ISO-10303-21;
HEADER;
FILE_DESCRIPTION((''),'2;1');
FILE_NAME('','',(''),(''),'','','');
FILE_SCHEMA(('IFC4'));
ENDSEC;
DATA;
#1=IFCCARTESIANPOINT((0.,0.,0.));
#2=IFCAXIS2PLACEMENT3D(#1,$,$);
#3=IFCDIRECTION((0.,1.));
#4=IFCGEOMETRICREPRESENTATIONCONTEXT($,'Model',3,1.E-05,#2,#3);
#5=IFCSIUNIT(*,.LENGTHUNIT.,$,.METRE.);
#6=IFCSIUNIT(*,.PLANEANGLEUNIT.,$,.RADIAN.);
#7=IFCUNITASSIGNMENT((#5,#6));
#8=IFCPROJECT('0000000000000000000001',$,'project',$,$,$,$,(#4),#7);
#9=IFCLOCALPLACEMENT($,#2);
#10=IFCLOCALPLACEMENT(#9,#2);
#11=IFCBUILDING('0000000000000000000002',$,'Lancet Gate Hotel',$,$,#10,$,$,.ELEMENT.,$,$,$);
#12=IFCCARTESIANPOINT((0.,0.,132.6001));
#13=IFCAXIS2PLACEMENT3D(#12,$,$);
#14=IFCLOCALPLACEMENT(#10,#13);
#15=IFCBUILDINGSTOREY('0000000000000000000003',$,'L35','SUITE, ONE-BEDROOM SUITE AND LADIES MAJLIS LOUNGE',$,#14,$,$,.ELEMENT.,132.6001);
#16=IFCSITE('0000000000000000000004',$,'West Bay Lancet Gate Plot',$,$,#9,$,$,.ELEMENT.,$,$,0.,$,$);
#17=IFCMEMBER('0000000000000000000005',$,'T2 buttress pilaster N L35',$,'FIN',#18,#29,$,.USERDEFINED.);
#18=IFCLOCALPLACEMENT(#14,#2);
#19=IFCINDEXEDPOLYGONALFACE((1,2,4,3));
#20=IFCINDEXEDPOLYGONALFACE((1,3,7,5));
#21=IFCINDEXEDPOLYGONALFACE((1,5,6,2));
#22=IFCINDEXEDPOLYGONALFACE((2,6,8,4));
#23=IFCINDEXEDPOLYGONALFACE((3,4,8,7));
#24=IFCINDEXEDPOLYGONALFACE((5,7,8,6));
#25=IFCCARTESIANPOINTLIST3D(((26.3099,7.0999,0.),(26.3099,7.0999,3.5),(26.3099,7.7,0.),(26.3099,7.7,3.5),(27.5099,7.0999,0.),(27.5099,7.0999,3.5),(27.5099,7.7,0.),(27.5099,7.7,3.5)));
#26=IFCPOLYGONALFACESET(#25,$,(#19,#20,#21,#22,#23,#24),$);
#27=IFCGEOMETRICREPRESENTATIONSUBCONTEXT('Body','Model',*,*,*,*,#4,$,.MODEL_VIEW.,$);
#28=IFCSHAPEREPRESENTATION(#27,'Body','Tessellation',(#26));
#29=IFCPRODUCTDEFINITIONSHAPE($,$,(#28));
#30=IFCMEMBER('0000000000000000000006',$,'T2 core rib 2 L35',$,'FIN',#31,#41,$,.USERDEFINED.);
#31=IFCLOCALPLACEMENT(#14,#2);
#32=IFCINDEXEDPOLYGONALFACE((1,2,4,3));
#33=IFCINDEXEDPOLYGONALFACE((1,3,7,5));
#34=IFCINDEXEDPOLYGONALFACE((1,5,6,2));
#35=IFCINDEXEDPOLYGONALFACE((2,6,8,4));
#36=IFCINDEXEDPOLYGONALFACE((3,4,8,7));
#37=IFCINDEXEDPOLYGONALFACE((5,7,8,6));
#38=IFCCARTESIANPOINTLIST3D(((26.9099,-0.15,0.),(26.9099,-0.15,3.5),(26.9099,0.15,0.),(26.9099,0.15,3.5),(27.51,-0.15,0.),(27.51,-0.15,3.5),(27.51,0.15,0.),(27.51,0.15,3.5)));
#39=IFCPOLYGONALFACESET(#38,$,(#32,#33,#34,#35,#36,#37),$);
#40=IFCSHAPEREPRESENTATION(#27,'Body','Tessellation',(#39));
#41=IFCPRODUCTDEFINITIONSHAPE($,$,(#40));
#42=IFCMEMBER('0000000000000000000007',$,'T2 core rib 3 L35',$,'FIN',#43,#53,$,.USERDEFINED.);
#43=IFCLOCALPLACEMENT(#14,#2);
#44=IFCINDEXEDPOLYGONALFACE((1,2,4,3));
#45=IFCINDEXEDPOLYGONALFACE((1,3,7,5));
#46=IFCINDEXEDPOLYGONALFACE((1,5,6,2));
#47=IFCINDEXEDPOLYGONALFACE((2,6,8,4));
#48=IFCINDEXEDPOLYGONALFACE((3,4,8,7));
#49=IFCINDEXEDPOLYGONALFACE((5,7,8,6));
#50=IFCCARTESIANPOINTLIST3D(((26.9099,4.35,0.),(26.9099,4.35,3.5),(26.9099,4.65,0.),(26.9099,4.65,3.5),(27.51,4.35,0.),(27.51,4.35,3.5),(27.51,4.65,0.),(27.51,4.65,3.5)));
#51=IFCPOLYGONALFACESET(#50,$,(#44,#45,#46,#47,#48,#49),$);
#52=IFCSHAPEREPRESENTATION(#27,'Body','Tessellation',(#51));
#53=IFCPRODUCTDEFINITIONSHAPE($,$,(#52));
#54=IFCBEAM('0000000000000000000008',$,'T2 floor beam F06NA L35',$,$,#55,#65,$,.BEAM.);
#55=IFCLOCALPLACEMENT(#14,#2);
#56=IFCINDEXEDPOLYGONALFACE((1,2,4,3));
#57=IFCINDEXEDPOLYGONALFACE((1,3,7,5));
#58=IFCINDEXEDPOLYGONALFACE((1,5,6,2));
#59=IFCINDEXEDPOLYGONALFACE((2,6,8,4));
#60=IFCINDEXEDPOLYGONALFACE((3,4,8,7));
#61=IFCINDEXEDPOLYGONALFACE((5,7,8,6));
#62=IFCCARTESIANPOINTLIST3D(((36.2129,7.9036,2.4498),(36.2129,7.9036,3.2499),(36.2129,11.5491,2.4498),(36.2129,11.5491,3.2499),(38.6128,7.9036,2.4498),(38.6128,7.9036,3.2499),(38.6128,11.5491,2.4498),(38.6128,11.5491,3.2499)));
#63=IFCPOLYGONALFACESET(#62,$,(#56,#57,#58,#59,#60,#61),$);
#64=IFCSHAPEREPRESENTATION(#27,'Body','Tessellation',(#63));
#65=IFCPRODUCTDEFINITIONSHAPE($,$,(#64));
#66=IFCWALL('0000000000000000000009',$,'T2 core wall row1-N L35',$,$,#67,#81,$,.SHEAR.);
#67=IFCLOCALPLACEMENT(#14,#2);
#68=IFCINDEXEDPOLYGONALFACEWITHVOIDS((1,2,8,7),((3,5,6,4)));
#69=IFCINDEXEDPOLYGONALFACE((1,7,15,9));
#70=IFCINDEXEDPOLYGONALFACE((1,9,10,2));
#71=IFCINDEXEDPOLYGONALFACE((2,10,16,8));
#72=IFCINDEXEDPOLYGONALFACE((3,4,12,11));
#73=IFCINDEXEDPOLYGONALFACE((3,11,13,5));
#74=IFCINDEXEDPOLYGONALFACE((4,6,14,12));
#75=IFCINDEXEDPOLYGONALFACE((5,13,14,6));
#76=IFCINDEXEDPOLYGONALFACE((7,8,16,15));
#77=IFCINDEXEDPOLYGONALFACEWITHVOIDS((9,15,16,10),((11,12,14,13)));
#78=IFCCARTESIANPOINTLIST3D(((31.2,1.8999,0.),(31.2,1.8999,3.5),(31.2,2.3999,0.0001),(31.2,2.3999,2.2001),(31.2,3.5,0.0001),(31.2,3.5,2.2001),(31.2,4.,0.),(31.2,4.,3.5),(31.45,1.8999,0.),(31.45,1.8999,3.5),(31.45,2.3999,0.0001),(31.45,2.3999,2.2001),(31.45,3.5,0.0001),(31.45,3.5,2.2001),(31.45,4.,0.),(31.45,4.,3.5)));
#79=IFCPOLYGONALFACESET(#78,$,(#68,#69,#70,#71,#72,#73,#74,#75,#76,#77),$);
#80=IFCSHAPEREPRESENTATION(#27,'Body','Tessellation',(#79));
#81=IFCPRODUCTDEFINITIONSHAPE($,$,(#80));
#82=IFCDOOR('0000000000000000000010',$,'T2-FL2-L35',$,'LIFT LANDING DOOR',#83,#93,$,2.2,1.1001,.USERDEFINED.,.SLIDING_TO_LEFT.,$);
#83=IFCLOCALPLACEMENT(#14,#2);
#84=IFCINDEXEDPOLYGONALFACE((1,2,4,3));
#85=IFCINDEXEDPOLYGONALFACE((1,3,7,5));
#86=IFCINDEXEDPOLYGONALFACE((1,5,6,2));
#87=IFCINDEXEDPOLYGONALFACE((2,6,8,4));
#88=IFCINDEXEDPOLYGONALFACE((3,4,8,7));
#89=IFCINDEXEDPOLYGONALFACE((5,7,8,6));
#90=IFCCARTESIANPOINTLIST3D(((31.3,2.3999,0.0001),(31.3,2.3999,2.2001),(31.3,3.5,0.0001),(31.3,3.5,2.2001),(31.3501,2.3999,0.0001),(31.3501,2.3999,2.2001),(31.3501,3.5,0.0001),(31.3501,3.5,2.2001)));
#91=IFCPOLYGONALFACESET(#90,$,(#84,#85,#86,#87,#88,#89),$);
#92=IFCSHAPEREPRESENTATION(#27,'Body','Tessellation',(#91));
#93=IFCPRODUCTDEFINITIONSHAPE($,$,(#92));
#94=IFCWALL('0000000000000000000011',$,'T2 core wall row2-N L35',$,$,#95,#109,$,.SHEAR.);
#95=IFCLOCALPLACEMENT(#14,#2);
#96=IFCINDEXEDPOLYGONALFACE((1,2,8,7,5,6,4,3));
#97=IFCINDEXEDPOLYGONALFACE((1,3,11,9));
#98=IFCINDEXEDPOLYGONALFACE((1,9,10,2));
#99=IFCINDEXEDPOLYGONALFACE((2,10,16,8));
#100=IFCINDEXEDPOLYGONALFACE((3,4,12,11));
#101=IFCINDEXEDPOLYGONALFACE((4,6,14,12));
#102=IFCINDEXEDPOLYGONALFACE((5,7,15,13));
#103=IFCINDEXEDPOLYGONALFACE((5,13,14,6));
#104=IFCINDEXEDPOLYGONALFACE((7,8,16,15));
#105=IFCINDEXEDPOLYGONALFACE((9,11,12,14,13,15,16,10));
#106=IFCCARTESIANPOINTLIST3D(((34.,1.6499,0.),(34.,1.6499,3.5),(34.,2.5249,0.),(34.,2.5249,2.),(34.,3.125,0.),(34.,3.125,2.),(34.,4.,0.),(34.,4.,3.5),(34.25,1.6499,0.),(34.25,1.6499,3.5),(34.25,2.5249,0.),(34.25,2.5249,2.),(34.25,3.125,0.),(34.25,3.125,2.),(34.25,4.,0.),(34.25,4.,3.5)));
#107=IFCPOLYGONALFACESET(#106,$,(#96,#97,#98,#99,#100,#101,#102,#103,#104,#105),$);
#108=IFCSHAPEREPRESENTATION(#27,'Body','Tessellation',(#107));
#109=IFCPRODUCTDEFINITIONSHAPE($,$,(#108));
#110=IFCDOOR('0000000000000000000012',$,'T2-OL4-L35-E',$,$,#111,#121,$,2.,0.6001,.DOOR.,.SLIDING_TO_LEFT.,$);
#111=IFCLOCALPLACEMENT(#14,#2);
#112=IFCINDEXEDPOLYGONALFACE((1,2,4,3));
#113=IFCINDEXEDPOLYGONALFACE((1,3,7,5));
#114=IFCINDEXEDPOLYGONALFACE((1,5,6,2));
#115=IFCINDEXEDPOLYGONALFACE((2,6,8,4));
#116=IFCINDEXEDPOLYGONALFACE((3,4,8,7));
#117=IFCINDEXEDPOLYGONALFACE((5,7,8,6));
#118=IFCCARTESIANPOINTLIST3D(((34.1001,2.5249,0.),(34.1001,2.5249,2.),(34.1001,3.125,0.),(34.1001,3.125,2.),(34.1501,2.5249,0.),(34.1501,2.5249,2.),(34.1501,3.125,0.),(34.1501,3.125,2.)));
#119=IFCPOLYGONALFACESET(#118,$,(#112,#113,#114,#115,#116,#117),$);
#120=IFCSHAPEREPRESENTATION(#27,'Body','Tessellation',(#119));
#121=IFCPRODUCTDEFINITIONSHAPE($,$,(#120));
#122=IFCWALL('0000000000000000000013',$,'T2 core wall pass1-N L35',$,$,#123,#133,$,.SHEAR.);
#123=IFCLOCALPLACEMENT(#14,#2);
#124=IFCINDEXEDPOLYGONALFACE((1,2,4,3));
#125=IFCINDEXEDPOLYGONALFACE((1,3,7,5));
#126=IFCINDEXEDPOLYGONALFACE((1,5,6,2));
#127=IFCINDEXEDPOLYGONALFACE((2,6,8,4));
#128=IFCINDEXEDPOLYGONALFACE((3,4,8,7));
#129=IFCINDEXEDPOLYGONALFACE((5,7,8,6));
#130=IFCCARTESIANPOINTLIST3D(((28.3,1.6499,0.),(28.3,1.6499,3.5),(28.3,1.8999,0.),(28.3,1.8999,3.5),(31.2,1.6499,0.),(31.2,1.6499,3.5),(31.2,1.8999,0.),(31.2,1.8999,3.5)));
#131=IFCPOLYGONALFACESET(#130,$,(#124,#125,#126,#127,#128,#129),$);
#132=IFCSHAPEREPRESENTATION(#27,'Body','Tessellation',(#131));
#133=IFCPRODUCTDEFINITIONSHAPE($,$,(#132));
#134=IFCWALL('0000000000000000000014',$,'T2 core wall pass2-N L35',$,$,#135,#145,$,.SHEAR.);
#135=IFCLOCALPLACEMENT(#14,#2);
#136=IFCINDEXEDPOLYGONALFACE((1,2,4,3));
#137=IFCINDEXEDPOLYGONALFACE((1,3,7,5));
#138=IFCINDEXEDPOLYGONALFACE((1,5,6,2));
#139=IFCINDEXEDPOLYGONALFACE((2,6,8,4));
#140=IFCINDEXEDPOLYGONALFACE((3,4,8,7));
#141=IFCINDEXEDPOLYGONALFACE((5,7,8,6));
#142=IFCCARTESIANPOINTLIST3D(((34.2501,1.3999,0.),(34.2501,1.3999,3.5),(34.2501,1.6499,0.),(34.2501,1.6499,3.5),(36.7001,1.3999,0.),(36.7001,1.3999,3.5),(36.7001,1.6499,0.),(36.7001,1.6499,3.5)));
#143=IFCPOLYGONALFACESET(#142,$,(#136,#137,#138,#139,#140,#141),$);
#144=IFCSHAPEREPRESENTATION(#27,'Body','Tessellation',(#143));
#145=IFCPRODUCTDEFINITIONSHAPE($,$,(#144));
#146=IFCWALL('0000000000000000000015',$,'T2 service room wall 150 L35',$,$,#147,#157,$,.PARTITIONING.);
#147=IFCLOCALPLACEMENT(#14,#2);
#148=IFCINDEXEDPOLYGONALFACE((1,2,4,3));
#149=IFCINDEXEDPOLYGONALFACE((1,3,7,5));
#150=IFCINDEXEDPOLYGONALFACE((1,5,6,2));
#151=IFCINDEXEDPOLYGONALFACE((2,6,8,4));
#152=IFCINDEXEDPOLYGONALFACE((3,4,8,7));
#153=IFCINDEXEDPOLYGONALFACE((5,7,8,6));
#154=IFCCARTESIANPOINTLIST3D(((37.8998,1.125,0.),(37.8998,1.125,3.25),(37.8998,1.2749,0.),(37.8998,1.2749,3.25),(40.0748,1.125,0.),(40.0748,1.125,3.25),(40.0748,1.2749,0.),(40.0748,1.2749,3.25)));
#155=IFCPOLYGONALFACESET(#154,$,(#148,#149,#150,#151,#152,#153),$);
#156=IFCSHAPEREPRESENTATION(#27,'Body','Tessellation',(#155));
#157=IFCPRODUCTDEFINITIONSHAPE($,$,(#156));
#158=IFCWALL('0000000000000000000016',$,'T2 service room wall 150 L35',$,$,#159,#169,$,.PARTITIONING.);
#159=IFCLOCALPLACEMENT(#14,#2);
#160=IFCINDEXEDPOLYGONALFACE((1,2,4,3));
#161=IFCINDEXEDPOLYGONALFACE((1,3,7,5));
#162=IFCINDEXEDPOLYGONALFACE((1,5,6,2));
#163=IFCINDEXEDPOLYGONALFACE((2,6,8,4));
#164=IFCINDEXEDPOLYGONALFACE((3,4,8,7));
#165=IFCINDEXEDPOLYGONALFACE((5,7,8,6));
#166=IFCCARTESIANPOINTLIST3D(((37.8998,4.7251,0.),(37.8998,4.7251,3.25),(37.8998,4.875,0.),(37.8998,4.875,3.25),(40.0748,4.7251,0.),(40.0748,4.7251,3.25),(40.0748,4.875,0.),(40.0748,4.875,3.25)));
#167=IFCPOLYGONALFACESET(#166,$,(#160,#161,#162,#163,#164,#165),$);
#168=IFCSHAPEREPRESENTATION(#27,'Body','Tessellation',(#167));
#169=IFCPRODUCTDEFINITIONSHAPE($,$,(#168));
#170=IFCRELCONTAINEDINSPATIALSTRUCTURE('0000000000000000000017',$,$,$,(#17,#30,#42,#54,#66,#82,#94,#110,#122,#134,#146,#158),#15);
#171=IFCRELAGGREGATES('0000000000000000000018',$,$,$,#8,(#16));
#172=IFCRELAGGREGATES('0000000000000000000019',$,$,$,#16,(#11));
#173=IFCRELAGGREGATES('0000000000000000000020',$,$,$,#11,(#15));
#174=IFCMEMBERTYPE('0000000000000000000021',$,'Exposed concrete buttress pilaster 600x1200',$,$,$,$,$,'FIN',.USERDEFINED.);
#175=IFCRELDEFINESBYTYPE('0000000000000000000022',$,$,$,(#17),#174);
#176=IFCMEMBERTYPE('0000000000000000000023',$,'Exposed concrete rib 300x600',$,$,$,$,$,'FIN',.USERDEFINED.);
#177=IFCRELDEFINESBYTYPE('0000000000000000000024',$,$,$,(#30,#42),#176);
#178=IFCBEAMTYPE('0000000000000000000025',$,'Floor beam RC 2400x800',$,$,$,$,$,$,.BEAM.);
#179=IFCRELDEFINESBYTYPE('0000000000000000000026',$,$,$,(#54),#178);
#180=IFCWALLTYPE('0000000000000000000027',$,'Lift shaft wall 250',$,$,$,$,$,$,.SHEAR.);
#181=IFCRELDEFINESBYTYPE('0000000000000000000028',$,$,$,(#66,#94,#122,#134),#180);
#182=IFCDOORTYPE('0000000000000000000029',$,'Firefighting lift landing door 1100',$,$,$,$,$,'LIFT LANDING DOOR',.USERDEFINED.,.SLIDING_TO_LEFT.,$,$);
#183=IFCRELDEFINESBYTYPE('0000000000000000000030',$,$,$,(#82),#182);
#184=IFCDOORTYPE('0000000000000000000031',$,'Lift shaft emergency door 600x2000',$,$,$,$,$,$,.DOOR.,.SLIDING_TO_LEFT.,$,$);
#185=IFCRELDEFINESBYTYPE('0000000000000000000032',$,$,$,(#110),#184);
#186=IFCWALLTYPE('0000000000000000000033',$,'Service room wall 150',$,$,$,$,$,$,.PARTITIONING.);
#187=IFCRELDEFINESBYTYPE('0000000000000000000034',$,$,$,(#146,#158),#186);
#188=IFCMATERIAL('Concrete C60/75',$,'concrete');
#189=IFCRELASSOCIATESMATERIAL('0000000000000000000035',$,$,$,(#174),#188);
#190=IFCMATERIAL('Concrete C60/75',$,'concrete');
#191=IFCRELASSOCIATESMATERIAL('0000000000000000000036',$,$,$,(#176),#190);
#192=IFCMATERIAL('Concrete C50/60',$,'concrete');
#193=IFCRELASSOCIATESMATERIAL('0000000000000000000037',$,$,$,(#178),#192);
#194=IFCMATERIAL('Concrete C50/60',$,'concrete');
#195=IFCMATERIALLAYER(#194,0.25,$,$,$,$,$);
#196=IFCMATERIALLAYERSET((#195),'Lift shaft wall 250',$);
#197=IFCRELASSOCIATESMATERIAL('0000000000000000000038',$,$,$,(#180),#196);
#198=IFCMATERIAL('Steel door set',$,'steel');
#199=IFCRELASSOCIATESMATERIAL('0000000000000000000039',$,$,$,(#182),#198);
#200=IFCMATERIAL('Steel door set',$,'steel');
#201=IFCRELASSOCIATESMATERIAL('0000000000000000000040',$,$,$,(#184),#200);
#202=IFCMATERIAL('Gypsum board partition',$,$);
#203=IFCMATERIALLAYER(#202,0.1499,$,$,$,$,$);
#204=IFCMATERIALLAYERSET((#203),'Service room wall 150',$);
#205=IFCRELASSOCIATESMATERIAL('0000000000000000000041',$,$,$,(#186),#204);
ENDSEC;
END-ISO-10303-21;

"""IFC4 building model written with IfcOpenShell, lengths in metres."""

from ifc_helpers import new_model, si_unit, direction, frame, frame_2d, origin, origin_2d, place, context, subcontext, project, spatial, rectangle, extrude, material, layer, layer_set, material_profile, profile_set, type_object, element, fill, save


model = new_model("IFC4")

# Units and contexts
model_context = context("Model", 3, precision=1e-05, world=origin(), true_north=direction((0.0, 1.0)))
body_context = subcontext(model_context, "Body", "Model", "MODEL_VIEW")
ifc_project = project(units=[si_unit("LENGTHUNIT", "METRE"), si_unit("PLANEANGLEUNIT", "RADIAN")], contexts=[model_context])

# Site, building, storey
site_placement = place(None, origin())
site = spatial("IfcSite", under=ifc_project, at=site_placement, Name="West Bay Lancet Gate Plot", CompositionType="ELEMENT", RefElevation=0.0)
building_placement = place(site_placement, origin())
building = spatial("IfcBuilding", under=site, at=building_placement, Name="Lancet Gate Hotel", CompositionType="ELEMENT")
storey_placement = place(building_placement, frame((0.0, 0.0, 132.6001)))
storey = spatial("IfcBuildingStorey", under=building, at=storey_placement, Name="L35", Description="SUITE, ONE-BEDROOM SUITE AND LADIES MAJLIS LOUNGE", CompositionType="ELEMENT", Elevation=132.6001)

# Members
ifc_material_1 = material(Name="Concrete C60/75", Category="concrete")
ifc_material_profile_1 = material_profile(ifc_material_1, rectangle(XDim=0.6001, YDim=1.2, at=origin_2d()), Name="FIN 600x1200")
ifc_profile_set_1 = profile_set([ifc_material_profile_1], Name="Concrete C60/75")
member_type_1 = type_object("IfcMemberType", Name="Exposed concrete buttress pilaster 600x1200", ElementType="FIN", PredefinedType="USERDEFINED", material=ifc_profile_set_1)
member_placement = place(storey_placement, frame((26.9099, 7.3999, 0.0), z_axis=(0.0, 0.0, 1.0), x_axis=(0.0, 1.0, 0.0)))
element("IfcMember", 1, at=member_placement, inside=storey, type_object=member_type_1, Name="T2 buttress pilaster N L35", ObjectType="FIN", PredefinedType="USERDEFINED", context=body_context, shape_type="SweptSolid", body=[
    extrude(rectangle(XDim=0.6001, YDim=1.2, at=origin_2d()), origin(), (0.0, 0.0, 1.0), 3.5),
])
ifc_material_2 = material(Name="Concrete C60/75", Category="concrete")
ifc_material_profile_2 = material_profile(ifc_material_2, rectangle(XDim=0.3, YDim=0.6001, at=origin_2d()), Name="FIN 300x600")
ifc_profile_set_2 = profile_set([ifc_material_profile_2], Name="Concrete C60/75")
member_type_2 = type_object("IfcMemberType", Name="Exposed concrete rib 300x600", ElementType="FIN", PredefinedType="USERDEFINED", material=ifc_profile_set_2)
for number, where, z_axis, x_axis, name in (
    (2, (27.21, 0.0, 0.0), (0.0, 0.0, 1.0), (0.0, 1.0, 0.0), "T2 core rib 2 L35"),
    (3, (27.21, 4.5, 0.0), (0.0, 0.0, 1.0), (0.0, 1.0, 0.0), "T2 core rib 3 L35"),
):
    element("IfcMember", number, at=place(storey_placement, frame(where, z_axis=z_axis, x_axis=x_axis)), inside=storey, type_object=member_type_2, Name=name, ObjectType="FIN", PredefinedType="USERDEFINED", context=body_context, shape_type="SweptSolid", body=[
        extrude(rectangle(XDim=0.3, YDim=0.6001, at=origin_2d()), origin(), (0.0, 0.0, 1.0), 3.5),
    ])

# Beam
ifc_material_3 = material(Name="Concrete C50/60", Category="concrete")
ifc_material_profile_3 = material_profile(ifc_material_3, rectangle(XDim=2.3999, YDim=0.8, at=origin_2d()), Name="RC 2400x800")
ifc_profile_set_3 = profile_set([ifc_material_profile_3], Name="Concrete C50/60")
beam_type = type_object("IfcBeamType", Name="Floor beam RC 2400x800", PredefinedType="BEAM", material=ifc_profile_set_3)
beam_placement = place(storey_placement, frame((37.4128, 7.9036, 2.8499), z_axis=(0.0, 1.0, 0.0), x_axis=(-1.0, 0.0, 0.0)))
element("IfcBeam", 4, at=beam_placement, inside=storey, type_object=beam_type, Name="T2 floor beam F06NA L35", PredefinedType="BEAM", context=body_context, shape_type="SweptSolid", body=[
    extrude(rectangle(XDim=2.3999, YDim=0.8, at=origin_2d()), origin(), (0.0, 0.0, 1.0), 3.6455),
])

# Walls, openings, doors
ifc_material_4 = material(Name="Concrete C50/60", Category="concrete")
ifc_layer_1 = layer(ifc_material_4, 0.25)
ifc_layer_set_1 = layer_set([ifc_layer_1], Name="Lift shaft wall 250")
wall_type_1 = type_object("IfcWallType", Name="Lift shaft wall 250", PredefinedType="SHEAR", material=ifc_layer_set_1)
wall_1_placement = place(storey_placement, frame((31.325, 1.8999, 0.0), z_axis=(0.0, 0.0, 1.0), x_axis=(0.0, 1.0, 0.0)))
wall_1 = element("IfcWall", 5, at=wall_1_placement, inside=storey, type_object=wall_type_1, Name="T2 core wall row1-N L35", PredefinedType="SHEAR", context=body_context, shape_type="SweptSolid", body=[
    extrude(rectangle(XDim=2.1001, YDim=0.25, at=frame_2d((1.05, 0.0))), origin(), (0.0, 0.0, 1.0), 3.5),
])
opening_1_placement = place(wall_1_placement, frame((0.5, 0.0, 0.0)))
opening_1 = element("IfcOpeningElement", 6, at=opening_1_placement, cuts=wall_1, PredefinedType="OPENING", context=body_context, shape_type="SweptSolid", body=[
    extrude(rectangle(XDim=1.1001, YDim=2.2, at=frame_2d((0.55, 1.1001))), frame((0.0, 0.135, 0.0), z_axis=(0.0, -1.0, 0.0), x_axis=(1.0, 0.0, 0.0)), (0.0, 0.0, 1.0), 0.27),
])
ifc_material_5 = material(Name="Steel door set", Category="steel")
door_type_1 = type_object("IfcDoorType", Name="Firefighting lift landing door 1100", ElementType="LIFT LANDING DOOR", OperationType="SLIDING_TO_LEFT", PredefinedType="USERDEFINED", material=ifc_material_5)
door_1_placement = place(opening_1_placement, origin())
door_1 = element("IfcDoor", 7, at=door_1_placement, inside=storey, type_object=door_type_1, Name="T2-FL2-L35", ObjectType="LIFT LANDING DOOR", OperationType="SLIDING_TO_LEFT", OverallHeight=2.2, OverallWidth=1.1001, PredefinedType="USERDEFINED", context=body_context, shape_type="SweptSolid", body=[
    extrude(rectangle(XDim=1.1001, YDim=2.2, at=frame_2d((0.55, 1.1001))), frame((0.0, 0.0249, 0.0), z_axis=(0.0, -1.0, 0.0), x_axis=(1.0, 0.0, 0.0)), (0.0, 0.0, 1.0), 0.05),
])
fill(opening_1, door_1)
wall_2_placement = place(storey_placement, frame((34.125, 1.6499, 0.0), z_axis=(0.0, 0.0, 1.0), x_axis=(0.0, 1.0, 0.0)))
wall_2 = element("IfcWall", 8, at=wall_2_placement, inside=storey, type_object=wall_type_1, Name="T2 core wall row2-N L35", PredefinedType="SHEAR", context=body_context, shape_type="SweptSolid", body=[
    extrude(rectangle(XDim=2.3501, YDim=0.25, at=frame_2d((1.175, 0.0))), origin(), (0.0, 0.0, 1.0), 3.5),
])
opening_2_placement = place(wall_2_placement, frame((0.875, 0.0, 0.0)))
opening_2 = element("IfcOpeningElement", 9, at=opening_2_placement, cuts=wall_2, PredefinedType="OPENING", context=body_context, shape_type="SweptSolid", body=[
    extrude(rectangle(XDim=0.6001, YDim=2.0, at=frame_2d((0.3, 1.0))), frame((0.0, 0.135, 0.0), z_axis=(0.0, -1.0, 0.0), x_axis=(1.0, 0.0, 0.0)), (0.0, 0.0, 1.0), 0.27),
])
ifc_material_6 = material(Name="Steel door set", Category="steel")
door_type_2 = type_object("IfcDoorType", Name="Lift shaft emergency door 600x2000", OperationType="SLIDING_TO_LEFT", PredefinedType="DOOR", material=ifc_material_6)
door_2_placement = place(opening_2_placement, origin())
door_2 = element("IfcDoor", 10, at=door_2_placement, inside=storey, type_object=door_type_2, Name="T2-OL4-L35-E", OperationType="SLIDING_TO_LEFT", OverallHeight=2.0, OverallWidth=0.6001, PredefinedType="DOOR", context=body_context, shape_type="SweptSolid", body=[
    extrude(rectangle(XDim=0.6001, YDim=2.0, at=frame_2d((0.3, 1.0))), frame((0.0, 0.0249, 0.0), z_axis=(0.0, -1.0, 0.0), x_axis=(1.0, 0.0, 0.0)), (0.0, 0.0, 1.0), 0.05),
])
fill(opening_2, door_2)

# Walls
wall_3_placement = place(storey_placement, frame((28.3, 1.7749, 0.0), z_axis=(0.0, 0.0, 1.0), x_axis=(1.0, 0.0, 0.0)))
element("IfcWall", 11, at=wall_3_placement, inside=storey, type_object=wall_type_1, Name="T2 core wall pass1-N L35", PredefinedType="SHEAR", context=body_context, shape_type="SweptSolid", body=[
    extrude(rectangle(XDim=2.8999, YDim=0.25, at=frame_2d((1.45, 0.0))), origin(), (0.0, 0.0, 1.0), 3.5),
])
wall_4_placement = place(storey_placement, frame((34.25, 1.5249, 0.0), z_axis=(0.0, 0.0, 1.0), x_axis=(1.0, 0.0, 0.0)))
element("IfcWall", 12, at=wall_4_placement, inside=storey, type_object=wall_type_1, Name="T2 core wall pass2-N L35", PredefinedType="SHEAR", context=body_context, shape_type="SweptSolid", body=[
    extrude(rectangle(XDim=2.45, YDim=0.25, at=frame_2d((1.2251, 0.0))), origin(), (0.0, 0.0, 1.0), 3.5),
])
ifc_material_7 = material(Name="Gypsum board partition")
ifc_layer_2 = layer(ifc_material_7, 0.1499)
ifc_layer_set_2 = layer_set([ifc_layer_2], Name="Service room wall 150")
wall_type_2 = type_object("IfcWallType", Name="Service room wall 150", PredefinedType="PARTITIONING", material=ifc_layer_set_2)
for number, where, z_axis, x_axis, name in (
    (13, (37.8999, 1.2, 0.0), (0.0, 0.0, 1.0), (1.0, 0.0, 0.0), "T2 service room wall 150 L35"),
    (14, (37.8999, 4.8, 0.0), (0.0, 0.0, 1.0), (1.0, 0.0, 0.0), "T2 service room wall 150 L35"),
):
    element("IfcWall", number, at=place(storey_placement, frame(where, z_axis=z_axis, x_axis=x_axis)), inside=storey, type_object=wall_type_2, Name=name, PredefinedType="PARTITIONING", context=body_context, shape_type="SweptSolid", body=[
        extrude(rectangle(XDim=2.175, YDim=0.1499, at=frame_2d((1.0874, 0.0))), origin(), (0.0, 0.0, 1.0), 3.25),
    ])

save(model, "model.ifc")
